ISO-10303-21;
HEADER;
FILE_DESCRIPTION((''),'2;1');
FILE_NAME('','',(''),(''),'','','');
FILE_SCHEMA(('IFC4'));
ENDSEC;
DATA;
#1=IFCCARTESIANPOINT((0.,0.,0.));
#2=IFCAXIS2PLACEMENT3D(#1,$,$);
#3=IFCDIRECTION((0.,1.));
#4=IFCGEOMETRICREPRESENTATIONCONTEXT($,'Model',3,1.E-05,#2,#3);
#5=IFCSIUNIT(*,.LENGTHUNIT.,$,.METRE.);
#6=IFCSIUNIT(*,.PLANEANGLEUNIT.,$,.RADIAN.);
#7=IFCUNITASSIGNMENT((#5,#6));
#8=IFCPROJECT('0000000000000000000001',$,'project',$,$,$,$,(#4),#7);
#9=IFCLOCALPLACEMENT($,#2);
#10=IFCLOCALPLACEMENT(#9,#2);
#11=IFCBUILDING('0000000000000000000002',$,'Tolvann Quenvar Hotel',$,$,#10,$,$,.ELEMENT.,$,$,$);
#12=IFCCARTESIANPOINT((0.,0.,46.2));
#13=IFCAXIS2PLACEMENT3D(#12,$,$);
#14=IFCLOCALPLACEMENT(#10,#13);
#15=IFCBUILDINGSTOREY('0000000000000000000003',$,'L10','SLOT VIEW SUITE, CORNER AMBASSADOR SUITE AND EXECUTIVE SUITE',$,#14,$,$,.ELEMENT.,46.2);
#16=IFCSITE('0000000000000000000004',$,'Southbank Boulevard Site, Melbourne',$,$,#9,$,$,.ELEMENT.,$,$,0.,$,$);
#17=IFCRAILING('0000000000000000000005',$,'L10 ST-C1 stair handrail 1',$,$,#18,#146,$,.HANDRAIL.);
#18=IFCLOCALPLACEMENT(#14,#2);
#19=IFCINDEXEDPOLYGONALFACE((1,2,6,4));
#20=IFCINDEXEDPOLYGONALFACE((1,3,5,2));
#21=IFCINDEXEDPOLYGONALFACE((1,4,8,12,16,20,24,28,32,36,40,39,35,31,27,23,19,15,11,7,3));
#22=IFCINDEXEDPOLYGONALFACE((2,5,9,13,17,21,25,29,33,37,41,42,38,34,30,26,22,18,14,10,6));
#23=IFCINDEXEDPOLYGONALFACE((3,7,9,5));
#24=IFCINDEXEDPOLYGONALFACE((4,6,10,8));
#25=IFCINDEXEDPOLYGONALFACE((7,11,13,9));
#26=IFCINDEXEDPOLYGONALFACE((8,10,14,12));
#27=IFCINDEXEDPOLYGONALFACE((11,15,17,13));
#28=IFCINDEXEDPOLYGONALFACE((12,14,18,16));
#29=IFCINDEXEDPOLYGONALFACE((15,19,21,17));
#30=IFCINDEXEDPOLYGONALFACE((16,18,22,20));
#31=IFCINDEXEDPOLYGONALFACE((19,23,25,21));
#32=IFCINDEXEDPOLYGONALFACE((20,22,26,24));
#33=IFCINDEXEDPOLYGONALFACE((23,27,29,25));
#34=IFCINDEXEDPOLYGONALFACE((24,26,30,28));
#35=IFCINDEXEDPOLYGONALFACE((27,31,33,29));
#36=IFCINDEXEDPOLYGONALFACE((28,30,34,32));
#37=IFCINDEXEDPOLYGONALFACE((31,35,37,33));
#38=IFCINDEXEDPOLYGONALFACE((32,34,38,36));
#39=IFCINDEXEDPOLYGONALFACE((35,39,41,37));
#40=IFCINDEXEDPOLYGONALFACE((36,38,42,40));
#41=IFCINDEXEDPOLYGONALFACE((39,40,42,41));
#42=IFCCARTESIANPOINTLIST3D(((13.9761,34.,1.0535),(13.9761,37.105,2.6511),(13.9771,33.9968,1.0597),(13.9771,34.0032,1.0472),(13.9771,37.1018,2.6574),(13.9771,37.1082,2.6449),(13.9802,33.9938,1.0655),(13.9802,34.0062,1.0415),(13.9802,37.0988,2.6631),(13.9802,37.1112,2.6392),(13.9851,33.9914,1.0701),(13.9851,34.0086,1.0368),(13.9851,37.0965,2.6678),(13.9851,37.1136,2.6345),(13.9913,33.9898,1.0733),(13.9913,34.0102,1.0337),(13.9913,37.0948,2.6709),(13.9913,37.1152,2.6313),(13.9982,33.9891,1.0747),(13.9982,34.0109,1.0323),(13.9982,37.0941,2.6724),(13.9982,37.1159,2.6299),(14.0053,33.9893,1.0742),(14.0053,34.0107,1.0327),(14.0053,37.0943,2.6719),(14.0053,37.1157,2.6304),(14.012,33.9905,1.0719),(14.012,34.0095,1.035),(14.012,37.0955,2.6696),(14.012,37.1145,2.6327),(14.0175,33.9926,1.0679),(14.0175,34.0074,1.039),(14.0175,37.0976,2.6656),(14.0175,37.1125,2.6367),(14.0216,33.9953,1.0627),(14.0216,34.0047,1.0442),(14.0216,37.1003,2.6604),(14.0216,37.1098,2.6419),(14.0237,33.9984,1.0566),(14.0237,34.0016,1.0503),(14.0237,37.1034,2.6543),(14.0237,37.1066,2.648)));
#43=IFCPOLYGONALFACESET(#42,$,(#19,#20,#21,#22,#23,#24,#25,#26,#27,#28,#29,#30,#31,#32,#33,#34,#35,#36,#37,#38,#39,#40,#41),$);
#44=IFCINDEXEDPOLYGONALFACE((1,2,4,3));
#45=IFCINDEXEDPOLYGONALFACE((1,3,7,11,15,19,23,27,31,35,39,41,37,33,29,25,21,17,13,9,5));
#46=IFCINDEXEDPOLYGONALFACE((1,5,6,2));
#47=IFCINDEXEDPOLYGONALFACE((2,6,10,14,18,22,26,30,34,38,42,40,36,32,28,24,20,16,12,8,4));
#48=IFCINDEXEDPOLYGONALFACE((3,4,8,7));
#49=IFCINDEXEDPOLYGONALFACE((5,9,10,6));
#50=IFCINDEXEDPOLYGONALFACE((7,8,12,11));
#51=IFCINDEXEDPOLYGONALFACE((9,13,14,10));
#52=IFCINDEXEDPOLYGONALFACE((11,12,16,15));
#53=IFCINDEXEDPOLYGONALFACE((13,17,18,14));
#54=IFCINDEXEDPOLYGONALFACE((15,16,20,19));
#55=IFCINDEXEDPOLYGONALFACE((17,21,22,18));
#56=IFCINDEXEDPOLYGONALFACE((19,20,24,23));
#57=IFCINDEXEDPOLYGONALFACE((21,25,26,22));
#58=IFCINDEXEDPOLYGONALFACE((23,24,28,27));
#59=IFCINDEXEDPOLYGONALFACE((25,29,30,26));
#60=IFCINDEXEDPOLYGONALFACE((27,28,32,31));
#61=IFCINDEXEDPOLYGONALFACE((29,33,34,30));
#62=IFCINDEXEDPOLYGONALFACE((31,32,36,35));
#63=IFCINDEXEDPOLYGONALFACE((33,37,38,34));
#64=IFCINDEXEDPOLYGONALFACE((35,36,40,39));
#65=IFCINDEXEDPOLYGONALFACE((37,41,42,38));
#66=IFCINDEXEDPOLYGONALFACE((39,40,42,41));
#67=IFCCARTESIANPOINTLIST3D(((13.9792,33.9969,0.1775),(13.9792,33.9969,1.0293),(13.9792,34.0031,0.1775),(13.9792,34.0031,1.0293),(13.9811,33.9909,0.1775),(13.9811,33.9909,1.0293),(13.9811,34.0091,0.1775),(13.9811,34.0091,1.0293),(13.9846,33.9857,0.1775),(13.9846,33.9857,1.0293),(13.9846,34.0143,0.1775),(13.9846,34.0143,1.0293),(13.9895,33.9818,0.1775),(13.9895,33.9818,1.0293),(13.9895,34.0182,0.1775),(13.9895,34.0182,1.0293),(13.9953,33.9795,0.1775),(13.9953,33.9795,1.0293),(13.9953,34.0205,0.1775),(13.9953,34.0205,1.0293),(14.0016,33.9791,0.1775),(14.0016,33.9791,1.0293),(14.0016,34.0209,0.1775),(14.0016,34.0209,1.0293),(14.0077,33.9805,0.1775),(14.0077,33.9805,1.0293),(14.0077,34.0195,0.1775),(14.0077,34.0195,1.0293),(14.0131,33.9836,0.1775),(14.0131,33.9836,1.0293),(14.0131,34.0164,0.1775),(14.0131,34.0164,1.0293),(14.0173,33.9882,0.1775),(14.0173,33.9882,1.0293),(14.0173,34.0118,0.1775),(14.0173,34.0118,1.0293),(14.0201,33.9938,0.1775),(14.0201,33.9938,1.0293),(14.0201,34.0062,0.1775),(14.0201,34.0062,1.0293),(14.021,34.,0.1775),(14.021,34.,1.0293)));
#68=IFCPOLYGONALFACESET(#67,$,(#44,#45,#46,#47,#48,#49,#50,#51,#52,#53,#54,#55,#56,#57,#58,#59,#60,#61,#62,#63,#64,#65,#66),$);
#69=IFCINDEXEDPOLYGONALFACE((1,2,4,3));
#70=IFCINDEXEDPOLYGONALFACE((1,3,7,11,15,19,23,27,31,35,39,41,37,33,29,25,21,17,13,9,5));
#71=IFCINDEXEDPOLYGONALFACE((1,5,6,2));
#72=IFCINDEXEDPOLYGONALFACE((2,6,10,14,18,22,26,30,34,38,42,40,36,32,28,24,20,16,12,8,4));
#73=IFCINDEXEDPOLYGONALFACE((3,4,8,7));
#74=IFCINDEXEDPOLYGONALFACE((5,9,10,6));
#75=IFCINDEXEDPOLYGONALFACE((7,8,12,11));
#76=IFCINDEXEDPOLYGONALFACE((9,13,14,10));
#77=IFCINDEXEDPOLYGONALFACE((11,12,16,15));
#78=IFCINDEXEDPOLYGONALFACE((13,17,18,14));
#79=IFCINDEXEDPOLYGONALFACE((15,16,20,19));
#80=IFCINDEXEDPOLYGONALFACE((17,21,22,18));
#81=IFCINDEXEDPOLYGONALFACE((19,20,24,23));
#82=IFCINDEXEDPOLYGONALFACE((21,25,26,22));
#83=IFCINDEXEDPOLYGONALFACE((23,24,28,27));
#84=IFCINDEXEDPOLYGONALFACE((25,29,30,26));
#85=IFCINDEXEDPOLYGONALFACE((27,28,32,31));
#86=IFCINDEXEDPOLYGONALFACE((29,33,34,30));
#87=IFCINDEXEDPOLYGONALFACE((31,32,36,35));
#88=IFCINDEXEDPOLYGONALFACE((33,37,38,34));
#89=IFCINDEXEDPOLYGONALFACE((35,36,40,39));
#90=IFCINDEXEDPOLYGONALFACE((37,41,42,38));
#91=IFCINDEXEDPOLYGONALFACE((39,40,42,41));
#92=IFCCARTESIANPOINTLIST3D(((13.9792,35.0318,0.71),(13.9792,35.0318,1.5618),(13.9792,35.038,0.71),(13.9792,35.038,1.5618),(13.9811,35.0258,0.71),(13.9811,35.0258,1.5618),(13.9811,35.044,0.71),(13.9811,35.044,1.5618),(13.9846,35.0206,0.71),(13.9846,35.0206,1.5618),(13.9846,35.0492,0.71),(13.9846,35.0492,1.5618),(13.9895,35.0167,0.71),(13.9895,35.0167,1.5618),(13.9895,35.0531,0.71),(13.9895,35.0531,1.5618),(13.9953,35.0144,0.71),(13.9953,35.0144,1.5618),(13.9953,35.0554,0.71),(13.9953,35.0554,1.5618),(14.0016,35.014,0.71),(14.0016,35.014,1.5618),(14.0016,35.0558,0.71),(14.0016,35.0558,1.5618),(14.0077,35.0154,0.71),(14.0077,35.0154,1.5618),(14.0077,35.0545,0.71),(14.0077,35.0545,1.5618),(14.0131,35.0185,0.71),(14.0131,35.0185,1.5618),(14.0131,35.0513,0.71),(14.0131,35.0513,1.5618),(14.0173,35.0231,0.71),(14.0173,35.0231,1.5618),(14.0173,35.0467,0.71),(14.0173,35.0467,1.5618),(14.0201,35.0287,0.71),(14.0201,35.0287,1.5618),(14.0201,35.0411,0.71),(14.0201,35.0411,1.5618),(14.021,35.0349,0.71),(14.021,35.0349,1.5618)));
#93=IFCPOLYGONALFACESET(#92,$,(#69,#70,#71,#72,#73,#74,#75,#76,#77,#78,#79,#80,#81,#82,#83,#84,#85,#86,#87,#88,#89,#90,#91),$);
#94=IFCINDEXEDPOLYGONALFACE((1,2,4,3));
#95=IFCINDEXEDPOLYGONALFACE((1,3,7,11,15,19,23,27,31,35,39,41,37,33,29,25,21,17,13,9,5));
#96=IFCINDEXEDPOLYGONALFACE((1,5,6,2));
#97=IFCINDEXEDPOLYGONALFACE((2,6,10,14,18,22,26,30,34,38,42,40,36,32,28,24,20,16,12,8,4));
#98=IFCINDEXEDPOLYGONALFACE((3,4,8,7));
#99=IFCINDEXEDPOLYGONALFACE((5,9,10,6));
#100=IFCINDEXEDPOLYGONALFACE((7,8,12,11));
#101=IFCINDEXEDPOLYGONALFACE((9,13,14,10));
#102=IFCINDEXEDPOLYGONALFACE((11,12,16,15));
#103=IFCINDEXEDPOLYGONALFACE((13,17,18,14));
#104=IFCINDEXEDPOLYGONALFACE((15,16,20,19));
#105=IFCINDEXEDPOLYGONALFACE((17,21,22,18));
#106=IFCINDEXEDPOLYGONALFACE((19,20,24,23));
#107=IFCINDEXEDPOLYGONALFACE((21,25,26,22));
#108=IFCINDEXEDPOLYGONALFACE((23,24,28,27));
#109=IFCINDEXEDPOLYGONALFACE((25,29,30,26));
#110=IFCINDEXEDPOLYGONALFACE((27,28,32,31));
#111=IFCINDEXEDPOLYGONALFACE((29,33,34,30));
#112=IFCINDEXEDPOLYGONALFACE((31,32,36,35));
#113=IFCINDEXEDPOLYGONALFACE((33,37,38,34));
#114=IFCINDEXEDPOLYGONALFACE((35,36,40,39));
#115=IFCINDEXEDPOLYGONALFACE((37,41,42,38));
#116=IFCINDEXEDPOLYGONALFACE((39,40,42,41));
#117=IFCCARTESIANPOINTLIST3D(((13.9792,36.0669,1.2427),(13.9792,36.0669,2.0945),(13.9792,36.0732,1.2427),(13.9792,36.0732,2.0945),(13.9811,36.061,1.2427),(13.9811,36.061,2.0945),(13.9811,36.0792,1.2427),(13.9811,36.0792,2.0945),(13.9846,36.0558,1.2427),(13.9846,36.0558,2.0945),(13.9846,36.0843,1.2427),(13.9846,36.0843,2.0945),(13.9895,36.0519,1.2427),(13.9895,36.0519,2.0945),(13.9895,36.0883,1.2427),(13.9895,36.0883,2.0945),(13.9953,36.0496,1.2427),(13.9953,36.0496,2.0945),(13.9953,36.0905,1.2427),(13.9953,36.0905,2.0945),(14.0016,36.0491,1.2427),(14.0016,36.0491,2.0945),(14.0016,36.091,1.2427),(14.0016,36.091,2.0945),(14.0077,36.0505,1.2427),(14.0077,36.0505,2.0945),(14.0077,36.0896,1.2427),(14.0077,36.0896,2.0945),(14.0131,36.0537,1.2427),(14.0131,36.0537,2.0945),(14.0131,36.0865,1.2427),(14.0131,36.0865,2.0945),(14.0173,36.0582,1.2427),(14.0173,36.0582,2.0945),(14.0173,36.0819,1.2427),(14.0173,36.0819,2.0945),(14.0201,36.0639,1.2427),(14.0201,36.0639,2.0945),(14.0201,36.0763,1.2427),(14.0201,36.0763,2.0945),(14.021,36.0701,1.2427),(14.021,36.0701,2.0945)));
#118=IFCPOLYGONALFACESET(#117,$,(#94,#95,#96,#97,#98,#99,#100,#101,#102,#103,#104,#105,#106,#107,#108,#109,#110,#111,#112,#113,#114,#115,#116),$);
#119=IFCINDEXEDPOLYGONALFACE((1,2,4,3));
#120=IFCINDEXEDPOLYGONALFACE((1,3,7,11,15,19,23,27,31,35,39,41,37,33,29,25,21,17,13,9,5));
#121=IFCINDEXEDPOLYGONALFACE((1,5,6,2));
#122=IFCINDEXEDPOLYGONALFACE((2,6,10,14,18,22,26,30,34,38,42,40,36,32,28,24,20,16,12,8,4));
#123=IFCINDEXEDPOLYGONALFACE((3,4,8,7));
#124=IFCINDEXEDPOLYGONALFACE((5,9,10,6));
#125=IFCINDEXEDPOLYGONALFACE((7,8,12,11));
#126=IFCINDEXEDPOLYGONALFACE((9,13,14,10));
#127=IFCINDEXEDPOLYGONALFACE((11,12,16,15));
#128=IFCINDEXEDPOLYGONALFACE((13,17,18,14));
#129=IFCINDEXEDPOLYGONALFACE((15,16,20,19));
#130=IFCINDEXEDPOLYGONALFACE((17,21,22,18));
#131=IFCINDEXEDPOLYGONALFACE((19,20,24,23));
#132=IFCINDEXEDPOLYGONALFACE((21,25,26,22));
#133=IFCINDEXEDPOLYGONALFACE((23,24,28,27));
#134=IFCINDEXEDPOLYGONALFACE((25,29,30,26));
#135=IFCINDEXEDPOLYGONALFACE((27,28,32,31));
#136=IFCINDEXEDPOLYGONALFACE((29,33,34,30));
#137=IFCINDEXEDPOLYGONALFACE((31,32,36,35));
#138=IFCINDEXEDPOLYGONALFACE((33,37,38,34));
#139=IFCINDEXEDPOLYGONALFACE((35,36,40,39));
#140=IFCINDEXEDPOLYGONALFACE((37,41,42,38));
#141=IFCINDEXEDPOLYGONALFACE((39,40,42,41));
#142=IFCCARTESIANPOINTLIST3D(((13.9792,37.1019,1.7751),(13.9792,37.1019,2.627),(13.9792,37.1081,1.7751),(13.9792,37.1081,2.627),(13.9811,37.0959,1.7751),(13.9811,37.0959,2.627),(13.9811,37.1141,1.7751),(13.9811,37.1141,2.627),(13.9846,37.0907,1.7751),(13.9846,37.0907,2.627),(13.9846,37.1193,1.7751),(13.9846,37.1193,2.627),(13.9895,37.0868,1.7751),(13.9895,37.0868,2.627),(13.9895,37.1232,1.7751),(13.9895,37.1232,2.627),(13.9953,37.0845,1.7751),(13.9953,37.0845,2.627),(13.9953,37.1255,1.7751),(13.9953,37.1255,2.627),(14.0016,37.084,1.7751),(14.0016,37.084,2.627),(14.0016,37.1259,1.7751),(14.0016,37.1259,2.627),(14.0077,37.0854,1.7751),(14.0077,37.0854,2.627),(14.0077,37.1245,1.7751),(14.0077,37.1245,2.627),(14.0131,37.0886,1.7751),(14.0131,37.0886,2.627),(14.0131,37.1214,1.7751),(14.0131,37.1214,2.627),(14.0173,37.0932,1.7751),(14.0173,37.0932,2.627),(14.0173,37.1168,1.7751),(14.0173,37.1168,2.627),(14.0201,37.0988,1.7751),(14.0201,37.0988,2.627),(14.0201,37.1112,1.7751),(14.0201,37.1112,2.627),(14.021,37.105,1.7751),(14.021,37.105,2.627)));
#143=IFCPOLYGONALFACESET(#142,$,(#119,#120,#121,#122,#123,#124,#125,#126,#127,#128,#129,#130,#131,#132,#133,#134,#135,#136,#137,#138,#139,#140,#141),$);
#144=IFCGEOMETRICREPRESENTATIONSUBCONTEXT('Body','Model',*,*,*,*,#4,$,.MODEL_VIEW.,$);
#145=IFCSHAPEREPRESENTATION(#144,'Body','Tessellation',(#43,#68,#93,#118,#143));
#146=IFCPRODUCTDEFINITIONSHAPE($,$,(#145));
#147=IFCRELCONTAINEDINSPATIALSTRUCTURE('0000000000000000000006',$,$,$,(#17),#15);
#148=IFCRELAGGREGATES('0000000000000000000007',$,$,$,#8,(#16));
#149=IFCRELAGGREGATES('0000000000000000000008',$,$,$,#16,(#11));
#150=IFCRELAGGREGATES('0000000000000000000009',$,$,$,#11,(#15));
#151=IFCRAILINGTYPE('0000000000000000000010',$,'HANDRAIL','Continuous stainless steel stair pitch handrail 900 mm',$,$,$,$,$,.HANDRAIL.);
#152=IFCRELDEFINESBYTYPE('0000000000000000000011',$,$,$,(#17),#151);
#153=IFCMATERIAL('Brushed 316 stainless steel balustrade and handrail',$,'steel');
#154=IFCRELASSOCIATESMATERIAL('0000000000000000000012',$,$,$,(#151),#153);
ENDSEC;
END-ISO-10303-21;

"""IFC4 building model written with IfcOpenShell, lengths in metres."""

from ifc_helpers import new_model, si_unit, direction, frame, origin, origin_2d, place, context, subcontext, project, spatial, circle, extrude, material, type_object, element, save


model = new_model("IFC4")

# Units and contexts
model_context = context("Model", 3, precision=1e-05, world=origin(), true_north=direction((0.0, 1.0)))
body_context = subcontext(model_context, "Body", "Model", "MODEL_VIEW")
ifc_project = project(units=[si_unit("LENGTHUNIT", "METRE"), si_unit("PLANEANGLEUNIT", "RADIAN")], contexts=[model_context])

# Site, building, storey
site_placement = place(None, origin())
site = spatial("IfcSite", under=ifc_project, at=site_placement, Name="Southbank Boulevard Site, Melbourne", CompositionType="ELEMENT", RefElevation=0.0)
building_placement = place(site_placement, origin())
building = spatial("IfcBuilding", under=site, at=building_placement, Name="Tolvann Quenvar Hotel", CompositionType="ELEMENT")
storey_placement = place(building_placement, frame((0.0, 0.0, 46.2)))
storey = spatial("IfcBuildingStorey", under=building, at=storey_placement, Name="L10", Description="SLOT VIEW SUITE, CORNER AMBASSADOR SUITE AND EXECUTIVE SUITE", CompositionType="ELEMENT", Elevation=46.2)

# Railing
ifc_material_1 = material(Name="Brushed 316 stainless steel balustrade and handrail", Category="steel")
railing_type_1 = type_object("IfcRailingType", Name="HANDRAIL", Description="Continuous stainless steel stair pitch handrail 900 mm", PredefinedType="HANDRAIL", material=ifc_material_1)
railing_1_placement = place(storey_placement, frame((14.0, 34.0, 0.1775)))
element("IfcRailing", 1, at=railing_1_placement, inside=storey, type_object=railing_type_1, Name="L10 ST-C1 stair handrail 1", PredefinedType="HANDRAIL", context=body_context, shape_type="SweptSolid", body=[
    extrude(circle(Radius=0.0239, at=origin_2d()), frame((0.0, 0.0, 0.876), z_axis=(0.0, 0.889194, 0.457531), x_axis=(-1.0, 0.0, 0.0)), (0.0, 0.0, 1.0), 3.4919),
    extrude(circle(Radius=0.021, at=origin_2d()), origin(), (0.0, 0.0, 1.0), 0.8518),
    extrude(circle(Radius=0.021, at=origin_2d()), frame((0.0, 1.0349, 0.5325)), (0.0, 0.0, 1.0), 0.8518),
    extrude(circle(Radius=0.021, at=origin_2d()), frame((0.0, 2.0701, 1.0652)), (0.0, 0.0, 1.0), 0.8518),
    extrude(circle(Radius=0.021, at=origin_2d()), frame((0.0, 3.105, 1.5977)), (0.0, 0.0, 1.0), 0.8518),
])

save(model, "model.ifc")
